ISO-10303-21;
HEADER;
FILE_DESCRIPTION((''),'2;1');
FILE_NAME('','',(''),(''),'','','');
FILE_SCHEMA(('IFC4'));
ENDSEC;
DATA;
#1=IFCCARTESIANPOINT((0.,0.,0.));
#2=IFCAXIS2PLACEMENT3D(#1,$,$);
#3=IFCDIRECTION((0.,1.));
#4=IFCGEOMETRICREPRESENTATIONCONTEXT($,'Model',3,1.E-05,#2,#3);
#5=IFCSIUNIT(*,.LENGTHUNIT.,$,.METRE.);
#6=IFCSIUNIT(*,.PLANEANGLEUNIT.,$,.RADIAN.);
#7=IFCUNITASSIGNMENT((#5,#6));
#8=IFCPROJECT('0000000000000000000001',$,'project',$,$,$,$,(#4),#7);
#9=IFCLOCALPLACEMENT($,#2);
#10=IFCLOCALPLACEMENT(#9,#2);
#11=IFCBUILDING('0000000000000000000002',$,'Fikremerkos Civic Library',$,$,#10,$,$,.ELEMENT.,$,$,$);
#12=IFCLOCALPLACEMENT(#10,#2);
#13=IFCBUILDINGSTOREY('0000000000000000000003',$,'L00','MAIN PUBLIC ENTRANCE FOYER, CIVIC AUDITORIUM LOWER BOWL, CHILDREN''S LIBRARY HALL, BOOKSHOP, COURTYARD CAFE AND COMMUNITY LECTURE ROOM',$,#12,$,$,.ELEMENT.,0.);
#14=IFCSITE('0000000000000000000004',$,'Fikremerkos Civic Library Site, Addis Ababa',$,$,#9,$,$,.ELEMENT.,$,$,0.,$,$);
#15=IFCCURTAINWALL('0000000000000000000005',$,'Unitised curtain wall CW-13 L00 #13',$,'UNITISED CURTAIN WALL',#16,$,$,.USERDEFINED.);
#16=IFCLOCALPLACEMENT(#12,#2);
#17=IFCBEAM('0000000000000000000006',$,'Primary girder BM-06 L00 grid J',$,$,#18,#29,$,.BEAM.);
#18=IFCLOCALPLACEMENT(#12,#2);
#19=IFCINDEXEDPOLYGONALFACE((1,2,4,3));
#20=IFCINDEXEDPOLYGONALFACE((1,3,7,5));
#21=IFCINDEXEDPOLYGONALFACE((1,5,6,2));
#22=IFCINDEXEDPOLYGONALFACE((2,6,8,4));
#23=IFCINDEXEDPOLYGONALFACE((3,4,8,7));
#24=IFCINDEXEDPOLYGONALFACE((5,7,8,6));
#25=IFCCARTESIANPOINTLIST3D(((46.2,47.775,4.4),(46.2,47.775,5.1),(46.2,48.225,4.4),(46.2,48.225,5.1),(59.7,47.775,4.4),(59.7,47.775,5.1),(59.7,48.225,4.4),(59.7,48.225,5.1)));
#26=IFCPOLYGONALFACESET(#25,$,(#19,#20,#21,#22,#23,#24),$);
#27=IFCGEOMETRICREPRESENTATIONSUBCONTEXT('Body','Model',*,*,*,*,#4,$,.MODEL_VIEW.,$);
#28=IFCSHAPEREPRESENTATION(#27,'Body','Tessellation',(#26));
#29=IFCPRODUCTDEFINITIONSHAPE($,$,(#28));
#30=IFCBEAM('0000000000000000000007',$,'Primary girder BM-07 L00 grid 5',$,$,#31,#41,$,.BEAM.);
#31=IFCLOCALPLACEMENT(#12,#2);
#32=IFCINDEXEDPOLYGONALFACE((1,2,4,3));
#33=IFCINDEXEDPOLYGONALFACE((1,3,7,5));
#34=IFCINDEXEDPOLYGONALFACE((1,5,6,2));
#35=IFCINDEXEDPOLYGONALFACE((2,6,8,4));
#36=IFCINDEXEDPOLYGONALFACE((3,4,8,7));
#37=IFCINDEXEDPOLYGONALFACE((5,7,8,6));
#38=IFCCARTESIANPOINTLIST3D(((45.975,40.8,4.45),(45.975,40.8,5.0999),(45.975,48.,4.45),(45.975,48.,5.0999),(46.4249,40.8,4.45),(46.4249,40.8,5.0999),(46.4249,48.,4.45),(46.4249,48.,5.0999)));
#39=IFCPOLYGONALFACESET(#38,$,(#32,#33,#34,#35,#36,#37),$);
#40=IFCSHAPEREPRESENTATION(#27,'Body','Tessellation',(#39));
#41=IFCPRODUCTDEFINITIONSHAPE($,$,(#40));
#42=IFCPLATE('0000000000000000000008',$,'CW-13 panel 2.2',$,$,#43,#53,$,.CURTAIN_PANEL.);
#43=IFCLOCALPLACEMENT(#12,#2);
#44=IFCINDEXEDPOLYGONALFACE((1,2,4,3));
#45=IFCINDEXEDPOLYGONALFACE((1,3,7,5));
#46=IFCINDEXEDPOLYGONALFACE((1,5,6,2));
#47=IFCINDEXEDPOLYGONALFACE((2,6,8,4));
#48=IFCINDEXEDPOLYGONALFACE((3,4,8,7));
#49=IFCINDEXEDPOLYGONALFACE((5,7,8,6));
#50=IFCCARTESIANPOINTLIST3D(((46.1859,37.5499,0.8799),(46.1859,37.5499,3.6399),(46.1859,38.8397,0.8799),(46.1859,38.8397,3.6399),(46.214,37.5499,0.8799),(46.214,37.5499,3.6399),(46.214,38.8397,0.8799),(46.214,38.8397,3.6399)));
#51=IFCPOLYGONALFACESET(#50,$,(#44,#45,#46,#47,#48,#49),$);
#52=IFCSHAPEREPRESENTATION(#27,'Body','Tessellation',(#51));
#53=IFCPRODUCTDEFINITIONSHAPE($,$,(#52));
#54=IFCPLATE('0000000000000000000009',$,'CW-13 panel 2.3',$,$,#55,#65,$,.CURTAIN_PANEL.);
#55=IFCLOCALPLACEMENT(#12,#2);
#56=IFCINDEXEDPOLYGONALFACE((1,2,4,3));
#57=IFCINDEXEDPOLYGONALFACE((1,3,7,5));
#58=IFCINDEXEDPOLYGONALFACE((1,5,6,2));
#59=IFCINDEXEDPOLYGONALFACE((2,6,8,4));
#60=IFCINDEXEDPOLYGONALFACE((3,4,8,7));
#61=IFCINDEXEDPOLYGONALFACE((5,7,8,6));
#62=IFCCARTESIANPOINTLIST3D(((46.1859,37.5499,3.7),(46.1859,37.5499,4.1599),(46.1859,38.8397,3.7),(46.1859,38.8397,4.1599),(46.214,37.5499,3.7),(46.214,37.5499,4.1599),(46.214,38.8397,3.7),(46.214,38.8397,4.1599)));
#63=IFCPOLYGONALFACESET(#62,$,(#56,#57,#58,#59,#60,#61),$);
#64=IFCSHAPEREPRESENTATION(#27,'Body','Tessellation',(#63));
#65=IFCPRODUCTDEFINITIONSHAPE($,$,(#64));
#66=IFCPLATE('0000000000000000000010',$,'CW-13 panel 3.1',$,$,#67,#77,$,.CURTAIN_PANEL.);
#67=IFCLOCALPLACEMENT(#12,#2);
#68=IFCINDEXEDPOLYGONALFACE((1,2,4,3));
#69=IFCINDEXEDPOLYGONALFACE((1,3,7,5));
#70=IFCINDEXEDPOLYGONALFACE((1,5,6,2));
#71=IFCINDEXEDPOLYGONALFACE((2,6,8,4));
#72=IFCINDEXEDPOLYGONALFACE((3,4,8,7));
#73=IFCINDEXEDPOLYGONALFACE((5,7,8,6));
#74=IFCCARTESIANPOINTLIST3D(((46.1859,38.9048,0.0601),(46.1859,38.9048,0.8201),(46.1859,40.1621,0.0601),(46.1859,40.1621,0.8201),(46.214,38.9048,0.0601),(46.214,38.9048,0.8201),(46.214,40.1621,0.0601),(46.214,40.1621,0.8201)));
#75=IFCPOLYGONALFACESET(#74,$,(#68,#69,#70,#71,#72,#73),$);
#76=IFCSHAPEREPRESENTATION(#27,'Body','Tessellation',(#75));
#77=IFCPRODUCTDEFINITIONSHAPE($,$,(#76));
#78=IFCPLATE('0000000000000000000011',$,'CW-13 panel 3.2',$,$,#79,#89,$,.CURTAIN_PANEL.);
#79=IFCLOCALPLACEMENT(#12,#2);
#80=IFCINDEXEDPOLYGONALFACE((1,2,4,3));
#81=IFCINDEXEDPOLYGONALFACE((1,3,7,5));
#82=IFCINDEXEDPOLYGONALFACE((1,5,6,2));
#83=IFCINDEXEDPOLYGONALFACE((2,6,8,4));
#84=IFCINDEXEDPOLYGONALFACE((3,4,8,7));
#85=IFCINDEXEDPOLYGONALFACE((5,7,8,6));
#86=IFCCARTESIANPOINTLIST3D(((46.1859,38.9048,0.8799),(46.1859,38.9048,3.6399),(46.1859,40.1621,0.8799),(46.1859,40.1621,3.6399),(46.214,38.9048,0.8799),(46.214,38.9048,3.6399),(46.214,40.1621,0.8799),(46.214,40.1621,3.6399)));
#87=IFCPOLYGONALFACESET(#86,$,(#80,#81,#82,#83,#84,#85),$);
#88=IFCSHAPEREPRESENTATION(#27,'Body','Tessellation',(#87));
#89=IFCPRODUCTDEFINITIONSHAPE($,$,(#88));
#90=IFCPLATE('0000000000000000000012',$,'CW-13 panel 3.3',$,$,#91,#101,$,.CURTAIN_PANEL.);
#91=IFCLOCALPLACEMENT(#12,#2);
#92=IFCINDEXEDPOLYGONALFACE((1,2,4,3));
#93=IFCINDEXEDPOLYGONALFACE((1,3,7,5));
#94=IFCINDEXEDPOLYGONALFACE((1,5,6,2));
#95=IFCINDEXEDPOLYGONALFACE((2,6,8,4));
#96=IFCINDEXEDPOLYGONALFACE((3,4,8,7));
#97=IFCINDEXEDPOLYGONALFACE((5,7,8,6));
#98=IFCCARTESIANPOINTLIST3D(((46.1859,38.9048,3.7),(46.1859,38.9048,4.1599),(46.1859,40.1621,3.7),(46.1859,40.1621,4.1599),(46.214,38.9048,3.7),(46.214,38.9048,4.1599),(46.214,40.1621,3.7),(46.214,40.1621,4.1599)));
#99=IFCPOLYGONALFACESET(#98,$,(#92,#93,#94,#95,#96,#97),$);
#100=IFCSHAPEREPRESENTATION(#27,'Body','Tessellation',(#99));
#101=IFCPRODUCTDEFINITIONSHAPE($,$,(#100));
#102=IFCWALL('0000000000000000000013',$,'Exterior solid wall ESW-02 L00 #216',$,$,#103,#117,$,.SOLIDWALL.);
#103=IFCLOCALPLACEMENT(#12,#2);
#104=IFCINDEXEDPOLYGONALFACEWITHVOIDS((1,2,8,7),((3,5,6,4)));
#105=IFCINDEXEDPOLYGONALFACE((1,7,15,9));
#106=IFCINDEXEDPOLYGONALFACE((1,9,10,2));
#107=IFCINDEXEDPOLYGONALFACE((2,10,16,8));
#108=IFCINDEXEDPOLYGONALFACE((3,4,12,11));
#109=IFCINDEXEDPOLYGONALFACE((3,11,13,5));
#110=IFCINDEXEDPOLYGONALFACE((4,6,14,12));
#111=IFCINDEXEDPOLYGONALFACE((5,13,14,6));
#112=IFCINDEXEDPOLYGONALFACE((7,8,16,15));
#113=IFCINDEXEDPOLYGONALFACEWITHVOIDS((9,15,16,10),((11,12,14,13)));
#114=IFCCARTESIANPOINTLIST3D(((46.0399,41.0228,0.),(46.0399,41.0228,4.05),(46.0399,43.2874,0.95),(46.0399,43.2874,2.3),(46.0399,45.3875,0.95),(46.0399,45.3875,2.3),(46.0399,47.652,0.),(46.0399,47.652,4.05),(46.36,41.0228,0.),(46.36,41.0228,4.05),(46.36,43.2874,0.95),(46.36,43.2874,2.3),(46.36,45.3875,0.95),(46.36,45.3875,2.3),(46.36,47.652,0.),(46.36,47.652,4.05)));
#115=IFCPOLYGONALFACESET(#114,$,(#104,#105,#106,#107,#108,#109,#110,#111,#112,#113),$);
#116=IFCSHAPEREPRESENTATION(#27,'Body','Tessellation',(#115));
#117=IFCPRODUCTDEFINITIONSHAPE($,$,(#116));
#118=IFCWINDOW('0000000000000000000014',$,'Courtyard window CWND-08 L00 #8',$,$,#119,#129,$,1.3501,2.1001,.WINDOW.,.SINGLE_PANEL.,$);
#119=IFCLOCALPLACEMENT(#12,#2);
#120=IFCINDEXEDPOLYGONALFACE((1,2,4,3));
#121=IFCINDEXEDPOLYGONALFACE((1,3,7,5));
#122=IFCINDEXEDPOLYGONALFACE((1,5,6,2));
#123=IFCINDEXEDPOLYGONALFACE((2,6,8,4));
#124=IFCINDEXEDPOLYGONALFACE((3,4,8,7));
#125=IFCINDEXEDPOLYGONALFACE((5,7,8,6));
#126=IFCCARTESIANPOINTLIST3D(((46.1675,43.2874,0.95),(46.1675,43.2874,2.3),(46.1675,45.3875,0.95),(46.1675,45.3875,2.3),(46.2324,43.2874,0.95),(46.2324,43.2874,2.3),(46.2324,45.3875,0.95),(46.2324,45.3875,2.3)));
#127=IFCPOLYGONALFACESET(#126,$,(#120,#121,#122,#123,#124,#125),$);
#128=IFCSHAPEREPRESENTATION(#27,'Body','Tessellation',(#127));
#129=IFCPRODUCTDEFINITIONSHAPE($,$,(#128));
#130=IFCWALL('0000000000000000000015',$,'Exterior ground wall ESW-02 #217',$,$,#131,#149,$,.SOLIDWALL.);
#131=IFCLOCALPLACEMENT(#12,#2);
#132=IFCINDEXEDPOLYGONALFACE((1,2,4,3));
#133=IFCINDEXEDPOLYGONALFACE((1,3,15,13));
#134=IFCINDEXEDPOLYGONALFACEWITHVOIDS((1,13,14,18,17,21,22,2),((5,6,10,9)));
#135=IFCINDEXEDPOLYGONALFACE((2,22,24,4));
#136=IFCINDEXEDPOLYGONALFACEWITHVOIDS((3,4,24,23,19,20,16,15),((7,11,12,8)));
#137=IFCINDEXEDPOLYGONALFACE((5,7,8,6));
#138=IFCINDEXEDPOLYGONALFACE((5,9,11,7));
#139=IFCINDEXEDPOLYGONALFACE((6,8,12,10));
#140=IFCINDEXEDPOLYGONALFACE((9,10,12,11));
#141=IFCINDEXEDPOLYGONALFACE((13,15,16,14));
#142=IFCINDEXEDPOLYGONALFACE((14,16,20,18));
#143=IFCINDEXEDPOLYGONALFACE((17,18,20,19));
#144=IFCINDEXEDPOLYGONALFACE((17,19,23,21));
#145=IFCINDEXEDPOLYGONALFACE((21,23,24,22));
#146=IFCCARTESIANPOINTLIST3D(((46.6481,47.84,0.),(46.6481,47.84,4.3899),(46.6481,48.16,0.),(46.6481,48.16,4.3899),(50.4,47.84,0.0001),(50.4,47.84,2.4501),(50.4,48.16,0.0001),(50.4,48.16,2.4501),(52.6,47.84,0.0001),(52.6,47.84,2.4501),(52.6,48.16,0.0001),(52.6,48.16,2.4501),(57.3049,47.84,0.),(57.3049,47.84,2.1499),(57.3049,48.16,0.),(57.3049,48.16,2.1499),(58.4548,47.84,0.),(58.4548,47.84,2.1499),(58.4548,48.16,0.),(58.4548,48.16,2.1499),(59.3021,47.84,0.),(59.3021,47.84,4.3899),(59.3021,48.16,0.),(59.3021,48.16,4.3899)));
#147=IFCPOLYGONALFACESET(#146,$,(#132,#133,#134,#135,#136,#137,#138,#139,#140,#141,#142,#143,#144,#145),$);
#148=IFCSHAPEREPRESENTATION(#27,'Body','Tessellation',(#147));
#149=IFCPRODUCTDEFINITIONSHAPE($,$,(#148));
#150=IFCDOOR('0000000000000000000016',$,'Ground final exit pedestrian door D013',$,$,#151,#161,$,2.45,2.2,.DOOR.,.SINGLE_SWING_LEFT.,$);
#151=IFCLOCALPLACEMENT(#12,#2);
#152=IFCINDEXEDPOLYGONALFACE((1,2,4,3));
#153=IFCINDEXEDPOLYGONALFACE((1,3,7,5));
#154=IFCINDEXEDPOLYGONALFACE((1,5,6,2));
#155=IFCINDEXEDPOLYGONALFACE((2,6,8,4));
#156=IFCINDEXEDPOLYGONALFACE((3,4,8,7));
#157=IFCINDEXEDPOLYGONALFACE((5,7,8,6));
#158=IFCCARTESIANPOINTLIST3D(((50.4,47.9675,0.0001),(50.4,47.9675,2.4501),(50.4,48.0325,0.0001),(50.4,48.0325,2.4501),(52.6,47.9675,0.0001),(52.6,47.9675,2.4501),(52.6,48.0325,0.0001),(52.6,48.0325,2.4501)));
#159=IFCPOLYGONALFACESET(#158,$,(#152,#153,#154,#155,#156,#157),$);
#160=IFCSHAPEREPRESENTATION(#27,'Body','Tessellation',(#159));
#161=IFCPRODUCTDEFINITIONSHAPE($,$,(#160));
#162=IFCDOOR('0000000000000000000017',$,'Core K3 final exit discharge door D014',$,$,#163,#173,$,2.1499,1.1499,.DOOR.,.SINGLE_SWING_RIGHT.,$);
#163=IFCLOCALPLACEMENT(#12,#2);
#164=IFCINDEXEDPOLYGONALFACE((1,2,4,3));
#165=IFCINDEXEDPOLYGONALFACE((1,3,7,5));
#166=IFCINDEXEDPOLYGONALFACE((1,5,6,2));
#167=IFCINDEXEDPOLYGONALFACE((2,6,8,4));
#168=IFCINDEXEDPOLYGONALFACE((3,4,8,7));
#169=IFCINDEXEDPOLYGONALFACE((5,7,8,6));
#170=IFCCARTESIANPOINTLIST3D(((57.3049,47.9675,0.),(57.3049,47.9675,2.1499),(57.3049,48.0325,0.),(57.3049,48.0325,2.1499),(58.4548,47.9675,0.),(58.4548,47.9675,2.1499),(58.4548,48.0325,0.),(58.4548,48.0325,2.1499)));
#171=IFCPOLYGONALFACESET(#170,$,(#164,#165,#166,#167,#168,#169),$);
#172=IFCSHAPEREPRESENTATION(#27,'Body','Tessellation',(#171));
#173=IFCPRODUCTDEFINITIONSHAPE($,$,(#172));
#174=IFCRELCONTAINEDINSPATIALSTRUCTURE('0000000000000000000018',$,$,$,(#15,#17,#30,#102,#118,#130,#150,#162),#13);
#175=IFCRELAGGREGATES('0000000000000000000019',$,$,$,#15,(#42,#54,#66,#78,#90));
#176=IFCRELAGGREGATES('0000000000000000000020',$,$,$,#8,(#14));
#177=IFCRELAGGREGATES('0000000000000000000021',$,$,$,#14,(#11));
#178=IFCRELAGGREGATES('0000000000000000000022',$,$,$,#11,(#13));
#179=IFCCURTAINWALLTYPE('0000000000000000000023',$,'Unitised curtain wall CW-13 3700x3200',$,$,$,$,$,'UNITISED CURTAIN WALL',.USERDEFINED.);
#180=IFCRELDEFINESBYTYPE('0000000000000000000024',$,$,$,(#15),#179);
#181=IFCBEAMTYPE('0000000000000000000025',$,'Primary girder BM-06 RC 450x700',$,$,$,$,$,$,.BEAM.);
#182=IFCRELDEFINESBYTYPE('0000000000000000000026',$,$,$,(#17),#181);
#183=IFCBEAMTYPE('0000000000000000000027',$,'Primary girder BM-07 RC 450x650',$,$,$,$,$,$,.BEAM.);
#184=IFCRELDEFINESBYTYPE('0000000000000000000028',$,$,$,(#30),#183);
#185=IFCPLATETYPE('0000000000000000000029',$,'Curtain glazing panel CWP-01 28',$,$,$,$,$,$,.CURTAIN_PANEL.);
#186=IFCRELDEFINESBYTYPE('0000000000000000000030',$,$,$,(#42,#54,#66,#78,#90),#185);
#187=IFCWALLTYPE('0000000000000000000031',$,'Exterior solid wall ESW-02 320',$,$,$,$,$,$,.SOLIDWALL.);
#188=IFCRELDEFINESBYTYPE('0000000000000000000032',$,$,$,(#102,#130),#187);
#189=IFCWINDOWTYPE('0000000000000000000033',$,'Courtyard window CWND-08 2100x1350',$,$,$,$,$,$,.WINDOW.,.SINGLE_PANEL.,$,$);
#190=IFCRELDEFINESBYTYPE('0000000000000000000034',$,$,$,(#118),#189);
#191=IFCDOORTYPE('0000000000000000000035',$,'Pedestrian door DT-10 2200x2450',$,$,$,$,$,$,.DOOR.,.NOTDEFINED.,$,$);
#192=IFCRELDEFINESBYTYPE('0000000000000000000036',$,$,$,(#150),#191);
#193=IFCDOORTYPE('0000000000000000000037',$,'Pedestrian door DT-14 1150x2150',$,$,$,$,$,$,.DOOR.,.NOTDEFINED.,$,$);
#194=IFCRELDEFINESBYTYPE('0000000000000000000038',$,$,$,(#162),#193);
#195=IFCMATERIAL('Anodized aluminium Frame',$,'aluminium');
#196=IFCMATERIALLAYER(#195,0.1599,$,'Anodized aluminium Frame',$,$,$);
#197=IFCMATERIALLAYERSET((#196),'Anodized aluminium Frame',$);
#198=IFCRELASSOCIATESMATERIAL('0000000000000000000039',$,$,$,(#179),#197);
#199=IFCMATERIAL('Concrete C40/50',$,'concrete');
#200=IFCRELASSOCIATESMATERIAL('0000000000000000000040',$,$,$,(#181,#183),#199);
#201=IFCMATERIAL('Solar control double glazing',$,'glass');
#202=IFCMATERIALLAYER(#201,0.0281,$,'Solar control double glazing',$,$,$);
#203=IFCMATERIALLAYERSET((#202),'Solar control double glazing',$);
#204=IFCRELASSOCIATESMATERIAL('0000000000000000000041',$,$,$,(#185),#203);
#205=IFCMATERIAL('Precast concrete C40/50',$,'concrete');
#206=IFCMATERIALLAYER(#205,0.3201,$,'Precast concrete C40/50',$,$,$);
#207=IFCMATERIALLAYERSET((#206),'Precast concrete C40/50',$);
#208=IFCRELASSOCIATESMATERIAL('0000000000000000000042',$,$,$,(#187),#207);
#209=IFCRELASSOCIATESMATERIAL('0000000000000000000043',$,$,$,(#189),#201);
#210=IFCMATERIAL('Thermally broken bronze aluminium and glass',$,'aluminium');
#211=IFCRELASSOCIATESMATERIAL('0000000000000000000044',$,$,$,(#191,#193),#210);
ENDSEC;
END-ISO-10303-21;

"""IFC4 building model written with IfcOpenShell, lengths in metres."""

from ifc_helpers import new_model, si_unit, direction, frame, frame_2d, origin, origin_2d, place, context, subcontext, project, spatial, rectangle, extrude, material, layer, layer_set, material_profile, profile_set, type_object, element, fill, aggregate, save


model = new_model("IFC4")

# Units and contexts
model_context = context("Model", 3, precision=1e-05, world=origin(), true_north=direction((0.0, 1.0)))
body_context = subcontext(model_context, "Body", "Model", "MODEL_VIEW")
ifc_project = project(units=[si_unit("LENGTHUNIT", "METRE"), si_unit("PLANEANGLEUNIT", "RADIAN")], contexts=[model_context])

# Site, building, storey
site_placement = place(None, origin())
site = spatial("IfcSite", under=ifc_project, at=site_placement, Name="Fikremerkos Civic Library Site, Addis Ababa", CompositionType="ELEMENT", RefElevation=0.0)
building_placement = place(site_placement, origin())
building = spatial("IfcBuilding", under=site, at=building_placement, Name="Fikremerkos Civic Library", CompositionType="ELEMENT")
storey_placement = place(building_placement, origin())
storey = spatial("IfcBuildingStorey", under=building, at=storey_placement, Name="L00", Description="MAIN PUBLIC ENTRANCE FOYER, CIVIC AUDITORIUM LOWER BOWL, CHILDREN'S LIBRARY HALL, BOOKSHOP, COURTYARD CAFE AND COMMUNITY LECTURE ROOM", CompositionType="ELEMENT", Elevation=0.0)

# Shared definitions
ifc_material_1 = material(Name="Concrete C40/50", Category="concrete")

# Curtain wall
ifc_material_2 = material(Name="Anodized aluminium Frame", Category="aluminium")
ifc_layer_1 = layer(ifc_material_2, 0.1599, Name="Anodized aluminium Frame")
ifc_layer_set_1 = layer_set([ifc_layer_1], Name="Anodized aluminium Frame")
curtain_wall_type = type_object("IfcCurtainWallType", Name="Unitised curtain wall CW-13 3700x3200", ElementType="UNITISED CURTAIN WALL", PredefinedType="USERDEFINED", material=ifc_layer_set_1)
curtain_wall_placement = place(storey_placement, origin())
curtain_wall = element("IfcCurtainWall", 1, at=curtain_wall_placement, inside=storey, type_object=curtain_wall_type, Name="Unitised curtain wall CW-13 L00 #13", ObjectType="UNITISED CURTAIN WALL", PredefinedType="USERDEFINED")

# Beams
ifc_material_profile_1 = material_profile(ifc_material_1, rectangle(XDim=0.45, YDim=0.7, at=origin_2d()), Name="RC 450x700")
ifc_profile_set_1 = profile_set([ifc_material_profile_1], Name="Concrete C40/50")
beam_type_1 = type_object("IfcBeamType", Name="Primary girder BM-06 RC 450x700", PredefinedType="BEAM", material=ifc_profile_set_1)
beam_1_placement = place(storey_placement, frame((46.2, 48.0, 4.75), z_axis=(1.0, 0.0, 0.0), x_axis=(0.0, 1.0, 0.0)))
element("IfcBeam", 2, at=beam_1_placement, inside=storey, type_object=beam_type_1, Name="Primary girder BM-06 L00 grid J", PredefinedType="BEAM", context=body_context, shape_type="SweptSolid", body=[
    extrude(rectangle(XDim=0.45, YDim=0.7, at=origin_2d()), origin(), (0.0, 0.0, 1.0), 13.5),
])
ifc_material_profile_2 = material_profile(ifc_material_1, rectangle(XDim=0.45, YDim=0.6499, at=origin_2d()), Name="RC 450x650")
ifc_profile_set_2 = profile_set([ifc_material_profile_2], Name="Concrete C40/50")
beam_type_2 = type_object("IfcBeamType", Name="Primary girder BM-07 RC 450x650", PredefinedType="BEAM", material=ifc_profile_set_2)
beam_2_placement = place(storey_placement, frame((46.2, 40.8, 4.7749), z_axis=(0.0, 1.0, 0.0), x_axis=(-1.0, 0.0, 0.0)))
element("IfcBeam", 3, at=beam_2_placement, inside=storey, type_object=beam_type_2, Name="Primary girder BM-07 L00 grid 5", PredefinedType="BEAM", context=body_context, shape_type="SweptSolid", body=[
    extrude(rectangle(XDim=0.45, YDim=0.6499, at=origin_2d()), origin(), (0.0, 0.0, 1.0), 7.2),
])

# Plates
ifc_material_3 = material(Name="Solar control double glazing", Category="glass")
ifc_layer_2 = layer(ifc_material_3, 0.0281, Name="Solar control double glazing")
ifc_layer_set_2 = layer_set([ifc_layer_2], Name="Solar control double glazing")
plate_type = type_object("IfcPlateType", Name="Curtain glazing panel CWP-01 28", PredefinedType="CURTAIN_PANEL", material=ifc_layer_set_2)
plate_1_placement = place(storey_placement, frame((46.2, 38.1948, 0.8799), z_axis=(0.0, 0.0, 1.0), x_axis=(0.0, 1.0, 0.0)))
plate_1 = element("IfcPlate", 4, at=plate_1_placement, type_object=plate_type, Name="CW-13 panel 2.2", PredefinedType="CURTAIN_PANEL", context=body_context, shape_type="SweptSolid", body=[
    extrude(rectangle(XDim=1.2898, YDim=0.0281, at=origin_2d()), origin(), (0.0, 0.0, 1.0), 2.76),
])
plate_2_placement = place(storey_placement, frame((46.2, 38.1948, 3.7), z_axis=(0.0, 0.0, 1.0), x_axis=(0.0, 1.0, 0.0)))
plate_2 = element("IfcPlate", 5, at=plate_2_placement, type_object=plate_type, Name="CW-13 panel 2.3", PredefinedType="CURTAIN_PANEL", context=body_context, shape_type="SweptSolid", body=[
    extrude(rectangle(XDim=1.2898, YDim=0.0281, at=origin_2d()), origin(), (0.0, 0.0, 1.0), 0.46),
])
plate_3_placement = place(storey_placement, frame((46.2, 39.5334, 0.0601), z_axis=(0.0, 0.0, 1.0), x_axis=(0.0, 1.0, 0.0)))
plate_3 = element("IfcPlate", 6, at=plate_3_placement, type_object=plate_type, Name="CW-13 panel 3.1", PredefinedType="CURTAIN_PANEL", context=body_context, shape_type="SweptSolid", body=[
    extrude(rectangle(XDim=1.2573, YDim=0.0281, at=origin_2d()), origin(), (0.0, 0.0, 1.0), 0.76),
])
plate_4_placement = place(storey_placement, frame((46.2, 39.5334, 0.8799), z_axis=(0.0, 0.0, 1.0), x_axis=(0.0, 1.0, 0.0)))
plate_4 = element("IfcPlate", 7, at=plate_4_placement, type_object=plate_type, Name="CW-13 panel 3.2", PredefinedType="CURTAIN_PANEL", context=body_context, shape_type="SweptSolid", body=[
    extrude(rectangle(XDim=1.2573, YDim=0.0281, at=origin_2d()), origin(), (0.0, 0.0, 1.0), 2.76),
])
plate_5_placement = place(storey_placement, frame((46.2, 39.5334, 3.7), z_axis=(0.0, 0.0, 1.0), x_axis=(0.0, 1.0, 0.0)))
plate_5 = element("IfcPlate", 8, at=plate_5_placement, type_object=plate_type, Name="CW-13 panel 3.3", PredefinedType="CURTAIN_PANEL", context=body_context, shape_type="SweptSolid", body=[
    extrude(rectangle(XDim=1.2573, YDim=0.0281, at=origin_2d()), origin(), (0.0, 0.0, 1.0), 0.46),
])
aggregate(curtain_wall, [plate_1, plate_2, plate_3, plate_4, plate_5])

# Wall, opening, window
ifc_material_4 = material(Name="Precast concrete C40/50", Category="concrete")
ifc_layer_3 = layer(ifc_material_4, 0.3201, Name="Precast concrete C40/50")
ifc_layer_set_3 = layer_set([ifc_layer_3], Name="Precast concrete C40/50")
wall_type_1 = type_object("IfcWallType", Name="Exterior solid wall ESW-02 320", PredefinedType="SOLIDWALL", material=ifc_layer_set_3)
wall_1_placement = place(storey_placement, frame((46.2, 41.0229, 0.0), z_axis=(0.0, 0.0, 1.0), x_axis=(0.0, 1.0, 0.0)))
wall_1 = element("IfcWall", 9, at=wall_1_placement, inside=storey, type_object=wall_type_1, Name="Exterior solid wall ESW-02 L00 #216", PredefinedType="SOLIDWALL", context=body_context, shape_type="SweptSolid", body=[
    extrude(rectangle(XDim=6.6292, YDim=0.3201, at=frame_2d((3.3145, 0.0))), origin(), (0.0, 0.0, 1.0), 4.05),
])
opening_1_placement = place(wall_1_placement, frame((2.2644, 0.0, 0.95)))
opening_1 = element("IfcOpeningElement", 10, at=opening_1_placement, cuts=wall_1, PredefinedType="OPENING", context=body_context, shape_type="SweptSolid", body=[
    extrude(rectangle(XDim=2.1001, YDim=1.3501, at=frame_2d((1.05, 0.675))), frame((0.0, 0.1699, 0.0), z_axis=(0.0, -1.0, 0.0), x_axis=(1.0, 0.0, 0.0)), (0.0, 0.0, 1.0), 0.3401),
])
window_type = type_object("IfcWindowType", Name="Courtyard window CWND-08 2100x1350", PartitioningType="SINGLE_PANEL", PredefinedType="WINDOW", material=ifc_material_3)
window_placement = place(opening_1_placement, origin())
window = element("IfcWindow", 11, at=window_placement, inside=storey, type_object=window_type, Name="Courtyard window CWND-08 L00 #8", OverallHeight=1.3501, OverallWidth=2.1001, PartitioningType="SINGLE_PANEL", PredefinedType="WINDOW", context=body_context, shape_type="SweptSolid", body=[
    extrude(rectangle(XDim=2.1001, YDim=1.3501, at=frame_2d((1.05, 0.675))), frame((0.0, 0.0325, 0.0), z_axis=(0.0, -1.0, 0.0), x_axis=(1.0, 0.0, 0.0)), (0.0, 0.0, 1.0), 0.0649),
])
fill(opening_1, window)

# Wall, openings, doors
wall_2_placement = place(storey_placement, frame((46.6479, 48.0, 0.0), z_axis=(0.0, 0.0, 1.0), x_axis=(1.0, 0.0, 0.0)))
wall_2 = element("IfcWall", 12, at=wall_2_placement, inside=storey, type_object=wall_type_1, Name="Exterior ground wall ESW-02 #217", PredefinedType="SOLIDWALL", context=body_context, shape_type="SweptSolid", body=[
    extrude(rectangle(XDim=12.6541, YDim=0.3201, at=frame_2d((6.3271, 0.0))), origin(), (0.0, 0.0, 1.0), 4.3899),
])
opening_2_placement = place(wall_2_placement, frame((3.752, 0.0, 0.0)))
opening_2 = element("IfcOpeningElement", 13, at=opening_2_placement, cuts=wall_2, PredefinedType="OPENING", context=body_context, shape_type="SweptSolid", body=[
    extrude(rectangle(XDim=2.2, YDim=2.45, at=frame_2d((1.1001, 1.2251))), frame((0.0, 0.1699, 0.0), z_axis=(0.0, -1.0, 0.0), x_axis=(1.0, 0.0, 0.0)), (0.0, 0.0, 1.0), 0.3401),
])
opening_3_placement = place(wall_2_placement, frame((10.657, 0.0, 0.0)))
opening_3 = element("IfcOpeningElement", 14, at=opening_3_placement, cuts=wall_2, PredefinedType="OPENING", context=body_context, shape_type="SweptSolid", body=[
    extrude(rectangle(XDim=1.1499, YDim=2.1499, at=frame_2d((0.575, 1.075))), frame((0.0, 0.1699, 0.0), z_axis=(0.0, -1.0, 0.0), x_axis=(1.0, 0.0, 0.0)), (0.0, 0.0, 1.0), 0.3401),
])
ifc_material_5 = material(Name="Thermally broken bronze aluminium and glass", Category="aluminium")
door_type_1 = type_object("IfcDoorType", Name="Pedestrian door DT-10 2200x2450", OperationType="NOTDEFINED", PredefinedType="DOOR", material=ifc_material_5)
door_1_placement = place(opening_2_placement, origin())
door_1 = element("IfcDoor", 15, at=door_1_placement, inside=storey, type_object=door_type_1, Name="Ground final exit pedestrian door D013", OperationType="SINGLE_SWING_LEFT", OverallHeight=2.45, OverallWidth=2.2, PredefinedType="DOOR", context=body_context, shape_type="SweptSolid", body=[
    extrude(rectangle(XDim=2.2, YDim=2.45, at=frame_2d((1.1001, 1.2251))), frame((0.0, 0.0325, 0.0), z_axis=(0.0, -1.0, 0.0), x_axis=(1.0, 0.0, 0.0)), (0.0, 0.0, 1.0), 0.0649),
])
fill(opening_2, door_1)
door_type_2 = type_object("IfcDoorType", Name="Pedestrian door DT-14 1150x2150", OperationType="NOTDEFINED", PredefinedType="DOOR", material=ifc_material_5)
door_2_placement = place(opening_3_placement, origin())
door_2 = element("IfcDoor", 16, at=door_2_placement, inside=storey, type_object=door_type_2, Name="Core K3 final exit discharge door D014", OperationType="SINGLE_SWING_RIGHT", OverallHeight=2.1499, OverallWidth=1.1499, PredefinedType="DOOR", context=body_context, shape_type="SweptSolid", body=[
    extrude(rectangle(XDim=1.1499, YDim=2.1499, at=frame_2d((0.575, 1.075))), frame((0.0, 0.0325, 0.0), z_axis=(0.0, -1.0, 0.0), x_axis=(1.0, 0.0, 0.0)), (0.0, 0.0, 1.0), 0.0649),
])
fill(opening_3, door_2)

save(model, "model.ifc")
